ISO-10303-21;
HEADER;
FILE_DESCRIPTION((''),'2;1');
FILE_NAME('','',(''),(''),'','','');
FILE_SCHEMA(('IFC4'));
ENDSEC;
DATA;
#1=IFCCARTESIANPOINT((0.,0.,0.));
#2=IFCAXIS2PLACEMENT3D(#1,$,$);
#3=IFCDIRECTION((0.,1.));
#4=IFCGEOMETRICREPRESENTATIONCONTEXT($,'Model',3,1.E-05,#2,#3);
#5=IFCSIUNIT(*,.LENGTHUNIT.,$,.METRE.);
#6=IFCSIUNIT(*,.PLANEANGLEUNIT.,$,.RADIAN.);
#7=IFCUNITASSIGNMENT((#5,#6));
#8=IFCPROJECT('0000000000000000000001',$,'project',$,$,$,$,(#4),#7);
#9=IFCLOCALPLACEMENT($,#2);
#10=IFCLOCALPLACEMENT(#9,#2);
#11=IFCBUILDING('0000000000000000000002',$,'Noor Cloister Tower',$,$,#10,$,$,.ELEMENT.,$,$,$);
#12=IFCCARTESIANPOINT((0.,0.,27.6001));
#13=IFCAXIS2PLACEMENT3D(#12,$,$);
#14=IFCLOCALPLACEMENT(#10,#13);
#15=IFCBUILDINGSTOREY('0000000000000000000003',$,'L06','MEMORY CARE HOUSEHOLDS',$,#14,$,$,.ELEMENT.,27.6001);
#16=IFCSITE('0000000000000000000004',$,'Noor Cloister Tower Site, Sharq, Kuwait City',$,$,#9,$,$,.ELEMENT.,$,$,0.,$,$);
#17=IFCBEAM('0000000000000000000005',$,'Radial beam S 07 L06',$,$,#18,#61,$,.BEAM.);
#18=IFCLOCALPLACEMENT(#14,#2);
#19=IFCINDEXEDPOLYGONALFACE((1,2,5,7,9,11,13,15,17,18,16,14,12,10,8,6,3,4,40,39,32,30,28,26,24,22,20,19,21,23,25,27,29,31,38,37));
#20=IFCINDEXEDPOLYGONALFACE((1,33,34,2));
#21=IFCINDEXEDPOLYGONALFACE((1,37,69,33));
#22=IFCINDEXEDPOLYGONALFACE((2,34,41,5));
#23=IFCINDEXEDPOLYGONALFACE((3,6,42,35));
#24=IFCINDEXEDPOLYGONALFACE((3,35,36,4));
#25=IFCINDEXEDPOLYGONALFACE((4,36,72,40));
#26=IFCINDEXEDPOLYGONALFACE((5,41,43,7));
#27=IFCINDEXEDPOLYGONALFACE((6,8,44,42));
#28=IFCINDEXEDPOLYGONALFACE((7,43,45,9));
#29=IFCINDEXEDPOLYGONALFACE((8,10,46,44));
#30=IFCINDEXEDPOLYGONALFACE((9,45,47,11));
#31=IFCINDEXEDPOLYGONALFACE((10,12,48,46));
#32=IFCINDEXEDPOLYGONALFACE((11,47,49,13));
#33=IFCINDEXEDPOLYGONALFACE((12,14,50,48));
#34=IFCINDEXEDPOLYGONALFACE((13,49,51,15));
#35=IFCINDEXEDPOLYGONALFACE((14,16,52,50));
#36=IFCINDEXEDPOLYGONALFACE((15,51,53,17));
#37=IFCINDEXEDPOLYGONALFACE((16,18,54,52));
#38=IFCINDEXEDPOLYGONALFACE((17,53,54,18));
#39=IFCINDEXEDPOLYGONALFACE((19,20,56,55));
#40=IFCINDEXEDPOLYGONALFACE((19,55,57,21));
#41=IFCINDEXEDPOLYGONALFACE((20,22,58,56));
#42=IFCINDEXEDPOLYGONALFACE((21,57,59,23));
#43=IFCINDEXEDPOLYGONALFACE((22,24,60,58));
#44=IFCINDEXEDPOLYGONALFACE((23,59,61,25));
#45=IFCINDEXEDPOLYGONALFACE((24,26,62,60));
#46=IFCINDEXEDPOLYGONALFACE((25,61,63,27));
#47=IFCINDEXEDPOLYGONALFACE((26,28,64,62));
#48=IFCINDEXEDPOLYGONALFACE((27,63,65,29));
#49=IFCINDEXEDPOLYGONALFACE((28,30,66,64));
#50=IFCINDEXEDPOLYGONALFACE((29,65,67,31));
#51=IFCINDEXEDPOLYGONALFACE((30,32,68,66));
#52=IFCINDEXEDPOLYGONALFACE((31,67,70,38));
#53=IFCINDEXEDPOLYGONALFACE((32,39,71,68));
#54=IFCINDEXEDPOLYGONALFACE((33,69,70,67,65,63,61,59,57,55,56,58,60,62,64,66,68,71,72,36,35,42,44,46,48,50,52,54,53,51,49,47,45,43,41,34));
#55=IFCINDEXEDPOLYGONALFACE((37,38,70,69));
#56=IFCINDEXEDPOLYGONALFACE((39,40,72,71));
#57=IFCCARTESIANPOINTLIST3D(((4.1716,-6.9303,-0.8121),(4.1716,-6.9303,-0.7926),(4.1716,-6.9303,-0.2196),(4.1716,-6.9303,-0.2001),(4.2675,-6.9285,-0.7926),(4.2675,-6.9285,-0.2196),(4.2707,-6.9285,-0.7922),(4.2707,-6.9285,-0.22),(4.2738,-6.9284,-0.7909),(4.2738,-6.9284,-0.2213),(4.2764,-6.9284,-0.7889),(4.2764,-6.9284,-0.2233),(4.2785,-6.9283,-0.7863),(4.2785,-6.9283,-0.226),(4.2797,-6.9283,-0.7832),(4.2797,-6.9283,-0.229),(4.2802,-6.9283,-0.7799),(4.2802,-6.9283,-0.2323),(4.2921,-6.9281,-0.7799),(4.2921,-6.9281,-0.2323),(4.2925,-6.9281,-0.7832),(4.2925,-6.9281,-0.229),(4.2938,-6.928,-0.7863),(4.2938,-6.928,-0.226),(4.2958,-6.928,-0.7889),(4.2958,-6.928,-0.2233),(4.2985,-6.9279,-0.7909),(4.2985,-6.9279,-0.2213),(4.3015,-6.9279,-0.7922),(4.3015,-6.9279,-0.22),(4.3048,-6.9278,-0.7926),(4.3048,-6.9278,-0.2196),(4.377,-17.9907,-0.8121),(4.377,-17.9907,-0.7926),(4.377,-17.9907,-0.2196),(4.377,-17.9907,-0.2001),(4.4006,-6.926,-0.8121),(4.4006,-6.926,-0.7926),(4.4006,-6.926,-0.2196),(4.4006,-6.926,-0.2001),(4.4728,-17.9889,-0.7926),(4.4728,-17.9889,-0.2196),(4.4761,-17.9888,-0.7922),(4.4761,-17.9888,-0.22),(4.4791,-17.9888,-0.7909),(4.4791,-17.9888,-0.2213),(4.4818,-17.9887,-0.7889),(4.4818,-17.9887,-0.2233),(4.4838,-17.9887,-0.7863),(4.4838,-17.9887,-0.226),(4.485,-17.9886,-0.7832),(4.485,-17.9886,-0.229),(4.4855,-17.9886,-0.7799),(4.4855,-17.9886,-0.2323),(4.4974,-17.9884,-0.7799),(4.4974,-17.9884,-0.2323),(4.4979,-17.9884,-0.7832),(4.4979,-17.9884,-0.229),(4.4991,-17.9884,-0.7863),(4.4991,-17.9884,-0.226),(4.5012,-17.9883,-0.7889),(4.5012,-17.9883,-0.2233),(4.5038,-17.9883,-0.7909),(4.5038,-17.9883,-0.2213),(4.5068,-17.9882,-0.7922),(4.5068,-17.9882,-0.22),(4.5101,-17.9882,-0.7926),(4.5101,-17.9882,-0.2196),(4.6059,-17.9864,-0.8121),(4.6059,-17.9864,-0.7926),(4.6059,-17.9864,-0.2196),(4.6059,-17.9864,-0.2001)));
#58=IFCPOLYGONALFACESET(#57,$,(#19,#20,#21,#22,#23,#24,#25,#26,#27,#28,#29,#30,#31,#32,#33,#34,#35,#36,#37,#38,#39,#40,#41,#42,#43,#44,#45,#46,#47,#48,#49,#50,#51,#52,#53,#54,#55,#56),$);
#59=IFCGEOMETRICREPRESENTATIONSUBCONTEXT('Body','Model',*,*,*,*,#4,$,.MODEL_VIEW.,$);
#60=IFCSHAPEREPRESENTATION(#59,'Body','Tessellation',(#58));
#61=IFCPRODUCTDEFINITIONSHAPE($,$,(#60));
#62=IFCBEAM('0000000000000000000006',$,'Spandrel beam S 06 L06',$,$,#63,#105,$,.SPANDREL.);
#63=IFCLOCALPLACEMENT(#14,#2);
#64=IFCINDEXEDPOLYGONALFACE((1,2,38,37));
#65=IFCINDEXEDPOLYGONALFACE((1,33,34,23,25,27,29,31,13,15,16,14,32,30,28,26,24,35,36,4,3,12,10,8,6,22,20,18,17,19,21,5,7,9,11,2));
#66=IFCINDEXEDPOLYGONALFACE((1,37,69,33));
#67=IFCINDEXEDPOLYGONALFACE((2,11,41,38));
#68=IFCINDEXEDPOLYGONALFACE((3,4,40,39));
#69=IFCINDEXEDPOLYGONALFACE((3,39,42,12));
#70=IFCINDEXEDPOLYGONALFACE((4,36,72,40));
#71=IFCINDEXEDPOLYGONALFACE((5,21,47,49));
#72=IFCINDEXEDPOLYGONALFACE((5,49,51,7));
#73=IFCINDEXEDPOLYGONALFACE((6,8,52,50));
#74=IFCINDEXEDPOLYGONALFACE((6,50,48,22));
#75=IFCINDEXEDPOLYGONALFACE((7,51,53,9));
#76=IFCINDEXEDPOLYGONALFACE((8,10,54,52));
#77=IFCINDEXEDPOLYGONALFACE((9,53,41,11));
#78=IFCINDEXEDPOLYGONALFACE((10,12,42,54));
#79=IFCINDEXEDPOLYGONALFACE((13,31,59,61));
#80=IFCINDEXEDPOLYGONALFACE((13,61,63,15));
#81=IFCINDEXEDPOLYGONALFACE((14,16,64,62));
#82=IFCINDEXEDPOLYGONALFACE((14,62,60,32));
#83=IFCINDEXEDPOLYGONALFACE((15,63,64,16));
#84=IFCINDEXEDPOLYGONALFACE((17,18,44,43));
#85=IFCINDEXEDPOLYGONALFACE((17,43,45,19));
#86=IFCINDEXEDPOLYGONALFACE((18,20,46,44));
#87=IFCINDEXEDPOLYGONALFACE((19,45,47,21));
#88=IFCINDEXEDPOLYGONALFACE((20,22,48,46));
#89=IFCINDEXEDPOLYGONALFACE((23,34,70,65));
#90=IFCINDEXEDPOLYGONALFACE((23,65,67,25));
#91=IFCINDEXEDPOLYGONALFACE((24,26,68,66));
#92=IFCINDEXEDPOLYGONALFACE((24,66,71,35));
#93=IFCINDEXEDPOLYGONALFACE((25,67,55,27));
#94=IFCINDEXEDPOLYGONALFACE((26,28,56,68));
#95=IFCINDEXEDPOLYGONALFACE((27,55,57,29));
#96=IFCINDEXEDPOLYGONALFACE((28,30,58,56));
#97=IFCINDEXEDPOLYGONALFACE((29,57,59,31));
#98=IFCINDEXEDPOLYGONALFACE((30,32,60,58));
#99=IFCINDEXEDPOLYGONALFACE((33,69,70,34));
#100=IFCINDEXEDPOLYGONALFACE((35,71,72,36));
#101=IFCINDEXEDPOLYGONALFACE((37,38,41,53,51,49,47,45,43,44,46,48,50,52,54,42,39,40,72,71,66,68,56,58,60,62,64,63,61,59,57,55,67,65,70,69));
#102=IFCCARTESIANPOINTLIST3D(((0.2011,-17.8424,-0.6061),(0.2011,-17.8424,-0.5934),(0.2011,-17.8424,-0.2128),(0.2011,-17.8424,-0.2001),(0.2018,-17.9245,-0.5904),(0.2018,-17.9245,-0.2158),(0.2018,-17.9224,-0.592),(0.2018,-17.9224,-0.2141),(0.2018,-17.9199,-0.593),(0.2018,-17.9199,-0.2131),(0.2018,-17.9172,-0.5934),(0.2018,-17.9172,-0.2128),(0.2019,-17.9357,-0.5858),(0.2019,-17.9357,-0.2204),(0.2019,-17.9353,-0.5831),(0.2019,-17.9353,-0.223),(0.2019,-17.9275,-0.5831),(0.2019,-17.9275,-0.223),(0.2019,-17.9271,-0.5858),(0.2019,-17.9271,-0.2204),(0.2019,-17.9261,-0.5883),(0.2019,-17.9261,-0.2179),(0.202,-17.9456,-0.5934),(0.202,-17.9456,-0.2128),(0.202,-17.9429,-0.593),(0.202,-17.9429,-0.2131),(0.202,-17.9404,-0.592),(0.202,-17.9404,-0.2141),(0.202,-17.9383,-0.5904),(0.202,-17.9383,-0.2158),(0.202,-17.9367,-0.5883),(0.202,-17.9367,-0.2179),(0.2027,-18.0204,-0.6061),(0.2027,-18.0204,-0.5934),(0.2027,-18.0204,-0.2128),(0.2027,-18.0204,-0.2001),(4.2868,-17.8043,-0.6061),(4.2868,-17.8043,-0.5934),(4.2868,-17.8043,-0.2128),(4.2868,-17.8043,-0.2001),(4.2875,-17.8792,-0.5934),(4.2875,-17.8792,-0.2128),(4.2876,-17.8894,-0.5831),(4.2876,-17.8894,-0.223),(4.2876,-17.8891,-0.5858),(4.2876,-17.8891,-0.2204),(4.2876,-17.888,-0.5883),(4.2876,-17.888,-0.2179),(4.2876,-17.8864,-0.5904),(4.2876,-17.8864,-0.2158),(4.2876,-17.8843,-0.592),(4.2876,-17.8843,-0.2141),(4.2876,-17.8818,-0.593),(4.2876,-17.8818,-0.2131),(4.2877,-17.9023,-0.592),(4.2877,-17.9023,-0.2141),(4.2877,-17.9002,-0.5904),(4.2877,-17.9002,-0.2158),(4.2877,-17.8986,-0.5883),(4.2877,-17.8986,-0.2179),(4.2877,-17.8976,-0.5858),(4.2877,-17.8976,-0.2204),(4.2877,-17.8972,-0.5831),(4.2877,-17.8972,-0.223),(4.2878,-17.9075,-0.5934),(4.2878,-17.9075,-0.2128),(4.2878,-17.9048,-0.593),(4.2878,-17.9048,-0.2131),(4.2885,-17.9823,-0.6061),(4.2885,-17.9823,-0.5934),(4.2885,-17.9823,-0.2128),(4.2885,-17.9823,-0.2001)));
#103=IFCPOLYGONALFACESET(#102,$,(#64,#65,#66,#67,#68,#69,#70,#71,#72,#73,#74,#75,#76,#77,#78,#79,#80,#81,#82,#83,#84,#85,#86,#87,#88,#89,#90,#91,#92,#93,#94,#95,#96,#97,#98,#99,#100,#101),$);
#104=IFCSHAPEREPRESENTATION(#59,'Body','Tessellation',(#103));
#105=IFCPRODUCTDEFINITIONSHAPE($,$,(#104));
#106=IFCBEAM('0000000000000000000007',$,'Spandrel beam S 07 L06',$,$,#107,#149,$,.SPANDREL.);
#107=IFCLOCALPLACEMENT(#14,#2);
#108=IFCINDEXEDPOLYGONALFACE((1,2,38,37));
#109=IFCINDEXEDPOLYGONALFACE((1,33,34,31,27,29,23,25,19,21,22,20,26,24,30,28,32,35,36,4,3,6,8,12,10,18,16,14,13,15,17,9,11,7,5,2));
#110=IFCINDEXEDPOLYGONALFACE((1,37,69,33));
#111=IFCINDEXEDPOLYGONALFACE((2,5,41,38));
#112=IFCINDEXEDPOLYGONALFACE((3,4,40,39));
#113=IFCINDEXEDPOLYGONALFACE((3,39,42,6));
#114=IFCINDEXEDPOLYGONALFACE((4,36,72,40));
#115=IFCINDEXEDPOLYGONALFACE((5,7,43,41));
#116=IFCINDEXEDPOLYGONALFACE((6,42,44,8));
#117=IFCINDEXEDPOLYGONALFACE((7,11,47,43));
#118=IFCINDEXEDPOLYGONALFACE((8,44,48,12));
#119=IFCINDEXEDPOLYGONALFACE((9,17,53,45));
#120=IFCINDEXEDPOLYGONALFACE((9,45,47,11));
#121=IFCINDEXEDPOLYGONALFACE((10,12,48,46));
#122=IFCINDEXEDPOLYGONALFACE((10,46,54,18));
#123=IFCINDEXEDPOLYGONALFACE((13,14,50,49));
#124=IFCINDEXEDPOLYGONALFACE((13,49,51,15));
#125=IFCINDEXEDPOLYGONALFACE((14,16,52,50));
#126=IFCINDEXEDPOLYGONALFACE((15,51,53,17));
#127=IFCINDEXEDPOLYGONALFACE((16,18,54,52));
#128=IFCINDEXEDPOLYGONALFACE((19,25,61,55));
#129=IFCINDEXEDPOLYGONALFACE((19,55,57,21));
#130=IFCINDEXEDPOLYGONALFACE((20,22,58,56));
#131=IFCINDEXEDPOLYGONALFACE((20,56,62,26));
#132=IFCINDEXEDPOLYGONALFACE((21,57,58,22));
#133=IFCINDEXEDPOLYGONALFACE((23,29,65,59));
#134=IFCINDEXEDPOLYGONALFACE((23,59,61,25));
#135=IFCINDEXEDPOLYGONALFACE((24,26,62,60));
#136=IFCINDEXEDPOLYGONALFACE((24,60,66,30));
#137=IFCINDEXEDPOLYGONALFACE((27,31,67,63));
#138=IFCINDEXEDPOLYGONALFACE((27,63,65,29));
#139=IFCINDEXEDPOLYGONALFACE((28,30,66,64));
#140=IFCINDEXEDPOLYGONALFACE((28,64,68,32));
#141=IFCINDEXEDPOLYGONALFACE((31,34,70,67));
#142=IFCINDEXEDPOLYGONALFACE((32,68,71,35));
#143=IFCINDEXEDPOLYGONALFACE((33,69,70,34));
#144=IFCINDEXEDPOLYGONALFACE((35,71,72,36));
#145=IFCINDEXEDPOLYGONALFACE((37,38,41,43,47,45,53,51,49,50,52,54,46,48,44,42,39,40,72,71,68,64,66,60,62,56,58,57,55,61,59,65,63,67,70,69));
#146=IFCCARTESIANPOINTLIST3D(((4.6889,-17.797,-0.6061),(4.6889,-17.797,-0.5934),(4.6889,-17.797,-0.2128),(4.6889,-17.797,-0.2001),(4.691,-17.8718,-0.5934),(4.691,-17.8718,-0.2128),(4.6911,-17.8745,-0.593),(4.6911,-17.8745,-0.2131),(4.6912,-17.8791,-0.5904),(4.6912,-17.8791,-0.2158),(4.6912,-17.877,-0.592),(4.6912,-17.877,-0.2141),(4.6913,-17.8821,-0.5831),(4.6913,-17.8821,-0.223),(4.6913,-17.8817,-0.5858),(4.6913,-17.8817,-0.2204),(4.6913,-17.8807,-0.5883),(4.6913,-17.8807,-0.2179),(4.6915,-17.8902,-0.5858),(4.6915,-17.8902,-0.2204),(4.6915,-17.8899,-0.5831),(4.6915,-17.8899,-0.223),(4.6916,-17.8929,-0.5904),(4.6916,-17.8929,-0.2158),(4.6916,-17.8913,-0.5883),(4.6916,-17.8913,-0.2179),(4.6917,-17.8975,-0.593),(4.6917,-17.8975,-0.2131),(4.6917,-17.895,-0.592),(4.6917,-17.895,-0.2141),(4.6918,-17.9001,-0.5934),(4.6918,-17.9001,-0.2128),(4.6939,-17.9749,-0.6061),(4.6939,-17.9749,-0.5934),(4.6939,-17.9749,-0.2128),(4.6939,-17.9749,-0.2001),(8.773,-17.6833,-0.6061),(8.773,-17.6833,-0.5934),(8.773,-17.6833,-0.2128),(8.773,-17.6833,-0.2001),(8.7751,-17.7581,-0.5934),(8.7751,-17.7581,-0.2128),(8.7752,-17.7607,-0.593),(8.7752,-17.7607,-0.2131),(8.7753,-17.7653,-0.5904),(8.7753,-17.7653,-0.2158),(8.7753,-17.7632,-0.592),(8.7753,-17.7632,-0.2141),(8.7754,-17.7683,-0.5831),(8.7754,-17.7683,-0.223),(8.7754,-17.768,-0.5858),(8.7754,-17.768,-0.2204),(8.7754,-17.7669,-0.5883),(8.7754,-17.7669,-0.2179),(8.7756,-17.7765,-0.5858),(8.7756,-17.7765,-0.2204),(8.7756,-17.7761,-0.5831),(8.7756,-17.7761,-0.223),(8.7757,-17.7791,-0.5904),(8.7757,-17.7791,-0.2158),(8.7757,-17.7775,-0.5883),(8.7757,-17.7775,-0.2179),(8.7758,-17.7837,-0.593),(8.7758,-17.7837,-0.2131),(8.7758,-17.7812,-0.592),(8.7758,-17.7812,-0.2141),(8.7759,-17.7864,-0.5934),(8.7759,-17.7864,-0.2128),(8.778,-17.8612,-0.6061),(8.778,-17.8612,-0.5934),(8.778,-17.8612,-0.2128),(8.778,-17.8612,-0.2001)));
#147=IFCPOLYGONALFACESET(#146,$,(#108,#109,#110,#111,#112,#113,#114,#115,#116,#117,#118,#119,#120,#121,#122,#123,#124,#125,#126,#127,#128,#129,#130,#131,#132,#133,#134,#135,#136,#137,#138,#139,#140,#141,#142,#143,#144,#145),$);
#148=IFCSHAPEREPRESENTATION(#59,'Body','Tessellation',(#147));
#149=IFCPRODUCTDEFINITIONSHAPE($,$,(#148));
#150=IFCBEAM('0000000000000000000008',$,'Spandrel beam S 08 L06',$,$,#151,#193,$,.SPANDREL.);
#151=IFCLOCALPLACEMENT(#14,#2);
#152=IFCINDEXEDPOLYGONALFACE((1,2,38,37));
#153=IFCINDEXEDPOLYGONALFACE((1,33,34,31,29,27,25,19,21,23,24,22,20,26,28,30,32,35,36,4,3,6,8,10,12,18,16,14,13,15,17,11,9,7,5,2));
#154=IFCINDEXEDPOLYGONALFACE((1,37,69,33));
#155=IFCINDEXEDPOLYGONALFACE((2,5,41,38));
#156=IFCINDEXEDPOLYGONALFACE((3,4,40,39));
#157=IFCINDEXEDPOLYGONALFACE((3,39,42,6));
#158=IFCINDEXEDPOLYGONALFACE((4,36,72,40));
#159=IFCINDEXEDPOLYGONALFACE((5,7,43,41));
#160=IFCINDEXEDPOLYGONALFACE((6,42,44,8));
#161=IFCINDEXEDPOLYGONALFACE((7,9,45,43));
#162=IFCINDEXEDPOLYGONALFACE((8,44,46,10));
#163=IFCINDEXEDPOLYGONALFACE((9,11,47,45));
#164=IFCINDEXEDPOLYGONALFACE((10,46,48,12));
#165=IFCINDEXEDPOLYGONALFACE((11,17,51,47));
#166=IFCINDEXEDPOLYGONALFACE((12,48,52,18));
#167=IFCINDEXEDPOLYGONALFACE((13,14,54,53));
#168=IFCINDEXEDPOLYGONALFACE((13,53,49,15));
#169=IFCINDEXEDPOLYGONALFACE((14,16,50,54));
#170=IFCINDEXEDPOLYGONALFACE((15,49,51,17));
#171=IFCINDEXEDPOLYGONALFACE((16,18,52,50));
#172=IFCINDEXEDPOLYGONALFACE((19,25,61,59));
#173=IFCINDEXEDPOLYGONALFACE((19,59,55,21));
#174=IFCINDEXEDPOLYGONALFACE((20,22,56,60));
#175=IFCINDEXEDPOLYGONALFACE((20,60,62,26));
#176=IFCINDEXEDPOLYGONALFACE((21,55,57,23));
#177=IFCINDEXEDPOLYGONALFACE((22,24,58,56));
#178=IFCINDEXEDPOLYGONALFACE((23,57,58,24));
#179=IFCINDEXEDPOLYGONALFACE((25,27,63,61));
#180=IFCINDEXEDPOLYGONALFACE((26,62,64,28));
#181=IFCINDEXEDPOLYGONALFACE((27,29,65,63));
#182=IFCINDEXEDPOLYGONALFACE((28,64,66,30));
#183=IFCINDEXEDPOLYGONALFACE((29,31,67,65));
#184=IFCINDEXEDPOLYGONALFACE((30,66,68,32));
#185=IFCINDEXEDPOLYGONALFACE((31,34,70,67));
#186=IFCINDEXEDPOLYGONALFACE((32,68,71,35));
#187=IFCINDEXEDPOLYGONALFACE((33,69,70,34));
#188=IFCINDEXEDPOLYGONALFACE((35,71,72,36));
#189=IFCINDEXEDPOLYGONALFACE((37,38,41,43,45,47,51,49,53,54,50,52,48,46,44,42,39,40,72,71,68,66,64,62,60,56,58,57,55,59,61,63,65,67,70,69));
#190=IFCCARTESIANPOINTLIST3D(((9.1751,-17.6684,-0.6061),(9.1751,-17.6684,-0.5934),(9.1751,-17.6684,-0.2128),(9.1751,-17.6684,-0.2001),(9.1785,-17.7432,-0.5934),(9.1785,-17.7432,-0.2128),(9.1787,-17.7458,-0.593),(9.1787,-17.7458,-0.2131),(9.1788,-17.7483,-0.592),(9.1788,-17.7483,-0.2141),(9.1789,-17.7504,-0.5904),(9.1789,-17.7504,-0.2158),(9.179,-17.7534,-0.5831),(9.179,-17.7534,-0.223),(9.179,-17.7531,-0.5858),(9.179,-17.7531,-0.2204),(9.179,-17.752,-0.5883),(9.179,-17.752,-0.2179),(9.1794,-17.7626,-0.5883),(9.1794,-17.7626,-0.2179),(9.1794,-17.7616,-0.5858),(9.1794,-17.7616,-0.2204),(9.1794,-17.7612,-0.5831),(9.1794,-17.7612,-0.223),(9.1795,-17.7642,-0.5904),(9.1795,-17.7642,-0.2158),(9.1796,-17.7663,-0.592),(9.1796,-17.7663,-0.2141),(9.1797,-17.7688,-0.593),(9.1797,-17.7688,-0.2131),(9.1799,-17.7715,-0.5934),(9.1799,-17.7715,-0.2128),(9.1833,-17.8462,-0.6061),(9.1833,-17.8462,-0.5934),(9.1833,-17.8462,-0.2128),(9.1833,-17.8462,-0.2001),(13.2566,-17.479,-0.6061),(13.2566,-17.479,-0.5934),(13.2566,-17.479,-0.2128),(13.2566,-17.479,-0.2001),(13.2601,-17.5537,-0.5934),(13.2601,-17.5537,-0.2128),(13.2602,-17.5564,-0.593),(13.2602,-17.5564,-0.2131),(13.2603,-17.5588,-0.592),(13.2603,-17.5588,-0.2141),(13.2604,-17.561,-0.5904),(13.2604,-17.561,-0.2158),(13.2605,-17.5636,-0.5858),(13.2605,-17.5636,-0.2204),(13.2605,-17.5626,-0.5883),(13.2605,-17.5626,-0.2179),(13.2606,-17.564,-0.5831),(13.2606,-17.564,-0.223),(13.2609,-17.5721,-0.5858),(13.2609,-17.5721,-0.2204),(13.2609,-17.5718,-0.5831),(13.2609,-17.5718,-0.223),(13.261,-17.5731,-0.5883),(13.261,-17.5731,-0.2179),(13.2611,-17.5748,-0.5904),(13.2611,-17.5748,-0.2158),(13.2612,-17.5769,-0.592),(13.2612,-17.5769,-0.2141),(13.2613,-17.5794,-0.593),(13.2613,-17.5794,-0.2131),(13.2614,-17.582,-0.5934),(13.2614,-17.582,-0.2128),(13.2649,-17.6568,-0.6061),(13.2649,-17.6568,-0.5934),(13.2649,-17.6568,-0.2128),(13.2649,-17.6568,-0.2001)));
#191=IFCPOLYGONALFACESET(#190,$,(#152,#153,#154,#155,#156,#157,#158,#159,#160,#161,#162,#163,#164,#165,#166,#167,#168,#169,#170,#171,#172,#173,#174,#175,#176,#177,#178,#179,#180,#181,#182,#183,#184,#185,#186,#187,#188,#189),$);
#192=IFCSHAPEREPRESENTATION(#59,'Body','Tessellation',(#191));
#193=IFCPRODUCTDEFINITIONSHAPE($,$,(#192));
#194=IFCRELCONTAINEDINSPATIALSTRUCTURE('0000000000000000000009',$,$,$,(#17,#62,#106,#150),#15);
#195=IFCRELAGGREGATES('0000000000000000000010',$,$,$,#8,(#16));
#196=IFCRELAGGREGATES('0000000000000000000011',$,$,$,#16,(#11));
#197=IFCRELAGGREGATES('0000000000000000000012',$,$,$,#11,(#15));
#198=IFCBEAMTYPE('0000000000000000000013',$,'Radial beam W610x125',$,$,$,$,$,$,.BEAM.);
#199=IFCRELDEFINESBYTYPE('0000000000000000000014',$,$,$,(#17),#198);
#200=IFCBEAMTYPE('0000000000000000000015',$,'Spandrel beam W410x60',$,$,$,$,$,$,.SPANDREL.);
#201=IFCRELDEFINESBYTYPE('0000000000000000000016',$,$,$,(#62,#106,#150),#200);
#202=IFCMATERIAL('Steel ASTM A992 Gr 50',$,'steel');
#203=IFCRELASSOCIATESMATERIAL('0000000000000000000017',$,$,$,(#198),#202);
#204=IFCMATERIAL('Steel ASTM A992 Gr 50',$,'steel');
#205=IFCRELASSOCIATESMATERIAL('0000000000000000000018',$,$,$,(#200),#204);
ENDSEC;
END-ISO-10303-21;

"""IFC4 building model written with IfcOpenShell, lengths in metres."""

from ifc_helpers import new_model, si_unit, direction, frame, origin, origin_2d, place, context, subcontext, project, spatial, i_section, extrude, material, material_profile, profile_set, type_object, element, save


model = new_model("IFC4")

# Units and contexts
model_context = context("Model", 3, precision=1e-05, world=origin(), true_north=direction((0.0, 1.0)))
body_context = subcontext(model_context, "Body", "Model", "MODEL_VIEW")
ifc_project = project(units=[si_unit("LENGTHUNIT", "METRE"), si_unit("PLANEANGLEUNIT", "RADIAN")], contexts=[model_context])

# Site, building, storey
site_placement = place(None, origin())
site = spatial("IfcSite", under=ifc_project, at=site_placement, Name="Noor Cloister Tower Site, Sharq, Kuwait City", CompositionType="ELEMENT", RefElevation=0.0)
building_placement = place(site_placement, origin())
building = spatial("IfcBuilding", under=site, at=building_placement, Name="Noor Cloister Tower", CompositionType="ELEMENT")
storey_placement = place(building_placement, frame((0.0, 0.0, 27.6001)))
storey = spatial("IfcBuildingStorey", under=building, at=storey_placement, Name="L06", Description="MEMORY CARE HOUSEHOLDS", CompositionType="ELEMENT", Elevation=27.6001)

# Beams
ifc_material_1 = material(Name="Steel ASTM A992 Gr 50", Category="steel")
ifc_material_profile_1 = material_profile(ifc_material_1, i_section(OverallWidth=0.229, OverallDepth=0.6121, WebThickness=0.012, FlangeThickness=0.0195, FilletRadius=0.0127, at=origin_2d()), Name="W610x125")
ifc_profile_set_1 = profile_set([ifc_material_profile_1], Name="Steel ASTM A992 Gr 50")
beam_type_1 = type_object("IfcBeamType", Name="Radial beam W610x125", PredefinedType="BEAM", material=ifc_profile_set_1)
beam_1_placement = place(storey_placement, frame((4.4915, -17.9885, -0.5061), z_axis=(-0.018561, 0.999828, 0.0), x_axis=(-0.999828, -0.018561, 0.0)))
element("IfcBeam", 1, at=beam_1_placement, inside=storey, type_object=beam_type_1, Name="Radial beam S 07 L06", PredefinedType="BEAM", context=body_context, shape_type="SweptSolid", body=[
    extrude(i_section(OverallWidth=0.229, OverallDepth=0.6121, WebThickness=0.012, FlangeThickness=0.0195, FilletRadius=0.0127, at=origin_2d()), origin(), (0.0, 0.0, 1.0), 11.0623),
])
ifc_material_2 = material(Name="Steel ASTM A992 Gr 50", Category="steel")
ifc_material_profile_2 = material_profile(ifc_material_2, i_section(OverallWidth=0.178, OverallDepth=0.406, WebThickness=0.0078, FlangeThickness=0.0127, FilletRadius=0.0103, at=origin_2d()), Name="W410x60")
ifc_profile_set_2 = profile_set([ifc_material_profile_2], Name="Steel ASTM A992 Gr 50")
beam_type_2 = type_object("IfcBeamType", Name="Spandrel beam W410x60", PredefinedType="SPANDREL", material=ifc_profile_set_2)
beam_2_placement = place(storey_placement, frame((0.2019, -17.9314, -0.4031), z_axis=(0.999957, 0.009321, 0.0), x_axis=(-0.009321, 0.999957, 0.0)))
element("IfcBeam", 2, at=beam_2_placement, inside=storey, type_object=beam_type_2, Name="Spandrel beam S 06 L06", PredefinedType="SPANDREL", context=body_context, shape_type="SweptSolid", body=[
    extrude(i_section(OverallWidth=0.178, OverallDepth=0.406, WebThickness=0.0078, FlangeThickness=0.0127, FilletRadius=0.0103, at=origin_2d()), origin(), (0.0, 0.0, 1.0), 4.0859),
])
beam_3_placement = place(storey_placement, frame((4.6914, -17.886, -0.4031), z_axis=(0.999612, 0.027845, 0.0), x_axis=(-0.027845, 0.999612, 0.0)))
element("IfcBeam", 3, at=beam_3_placement, inside=storey, type_object=beam_type_2, Name="Spandrel beam S 07 L06", PredefinedType="SPANDREL", context=body_context, shape_type="SweptSolid", body=[
    extrude(i_section(OverallWidth=0.178, OverallDepth=0.406, WebThickness=0.0078, FlangeThickness=0.0127, FilletRadius=0.0103, at=origin_2d()), origin(), (0.0, 0.0, 1.0), 4.0857),
])
beam_4_placement = place(storey_placement, frame((9.1792, -17.7573, -0.4031), z_axis=(0.998924, 0.046367, 0.0), x_axis=(-0.046367, 0.998924, 0.0)))
element("IfcBeam", 4, at=beam_4_placement, inside=storey, type_object=beam_type_2, Name="Spandrel beam S 08 L06", PredefinedType="SPANDREL", context=body_context, shape_type="SweptSolid", body=[
    extrude(i_section(OverallWidth=0.178, OverallDepth=0.406, WebThickness=0.0078, FlangeThickness=0.0127, FilletRadius=0.0103, at=origin_2d()), origin(), (0.0, 0.0, 1.0), 4.0859),
])

save(model, "model.ifc")
